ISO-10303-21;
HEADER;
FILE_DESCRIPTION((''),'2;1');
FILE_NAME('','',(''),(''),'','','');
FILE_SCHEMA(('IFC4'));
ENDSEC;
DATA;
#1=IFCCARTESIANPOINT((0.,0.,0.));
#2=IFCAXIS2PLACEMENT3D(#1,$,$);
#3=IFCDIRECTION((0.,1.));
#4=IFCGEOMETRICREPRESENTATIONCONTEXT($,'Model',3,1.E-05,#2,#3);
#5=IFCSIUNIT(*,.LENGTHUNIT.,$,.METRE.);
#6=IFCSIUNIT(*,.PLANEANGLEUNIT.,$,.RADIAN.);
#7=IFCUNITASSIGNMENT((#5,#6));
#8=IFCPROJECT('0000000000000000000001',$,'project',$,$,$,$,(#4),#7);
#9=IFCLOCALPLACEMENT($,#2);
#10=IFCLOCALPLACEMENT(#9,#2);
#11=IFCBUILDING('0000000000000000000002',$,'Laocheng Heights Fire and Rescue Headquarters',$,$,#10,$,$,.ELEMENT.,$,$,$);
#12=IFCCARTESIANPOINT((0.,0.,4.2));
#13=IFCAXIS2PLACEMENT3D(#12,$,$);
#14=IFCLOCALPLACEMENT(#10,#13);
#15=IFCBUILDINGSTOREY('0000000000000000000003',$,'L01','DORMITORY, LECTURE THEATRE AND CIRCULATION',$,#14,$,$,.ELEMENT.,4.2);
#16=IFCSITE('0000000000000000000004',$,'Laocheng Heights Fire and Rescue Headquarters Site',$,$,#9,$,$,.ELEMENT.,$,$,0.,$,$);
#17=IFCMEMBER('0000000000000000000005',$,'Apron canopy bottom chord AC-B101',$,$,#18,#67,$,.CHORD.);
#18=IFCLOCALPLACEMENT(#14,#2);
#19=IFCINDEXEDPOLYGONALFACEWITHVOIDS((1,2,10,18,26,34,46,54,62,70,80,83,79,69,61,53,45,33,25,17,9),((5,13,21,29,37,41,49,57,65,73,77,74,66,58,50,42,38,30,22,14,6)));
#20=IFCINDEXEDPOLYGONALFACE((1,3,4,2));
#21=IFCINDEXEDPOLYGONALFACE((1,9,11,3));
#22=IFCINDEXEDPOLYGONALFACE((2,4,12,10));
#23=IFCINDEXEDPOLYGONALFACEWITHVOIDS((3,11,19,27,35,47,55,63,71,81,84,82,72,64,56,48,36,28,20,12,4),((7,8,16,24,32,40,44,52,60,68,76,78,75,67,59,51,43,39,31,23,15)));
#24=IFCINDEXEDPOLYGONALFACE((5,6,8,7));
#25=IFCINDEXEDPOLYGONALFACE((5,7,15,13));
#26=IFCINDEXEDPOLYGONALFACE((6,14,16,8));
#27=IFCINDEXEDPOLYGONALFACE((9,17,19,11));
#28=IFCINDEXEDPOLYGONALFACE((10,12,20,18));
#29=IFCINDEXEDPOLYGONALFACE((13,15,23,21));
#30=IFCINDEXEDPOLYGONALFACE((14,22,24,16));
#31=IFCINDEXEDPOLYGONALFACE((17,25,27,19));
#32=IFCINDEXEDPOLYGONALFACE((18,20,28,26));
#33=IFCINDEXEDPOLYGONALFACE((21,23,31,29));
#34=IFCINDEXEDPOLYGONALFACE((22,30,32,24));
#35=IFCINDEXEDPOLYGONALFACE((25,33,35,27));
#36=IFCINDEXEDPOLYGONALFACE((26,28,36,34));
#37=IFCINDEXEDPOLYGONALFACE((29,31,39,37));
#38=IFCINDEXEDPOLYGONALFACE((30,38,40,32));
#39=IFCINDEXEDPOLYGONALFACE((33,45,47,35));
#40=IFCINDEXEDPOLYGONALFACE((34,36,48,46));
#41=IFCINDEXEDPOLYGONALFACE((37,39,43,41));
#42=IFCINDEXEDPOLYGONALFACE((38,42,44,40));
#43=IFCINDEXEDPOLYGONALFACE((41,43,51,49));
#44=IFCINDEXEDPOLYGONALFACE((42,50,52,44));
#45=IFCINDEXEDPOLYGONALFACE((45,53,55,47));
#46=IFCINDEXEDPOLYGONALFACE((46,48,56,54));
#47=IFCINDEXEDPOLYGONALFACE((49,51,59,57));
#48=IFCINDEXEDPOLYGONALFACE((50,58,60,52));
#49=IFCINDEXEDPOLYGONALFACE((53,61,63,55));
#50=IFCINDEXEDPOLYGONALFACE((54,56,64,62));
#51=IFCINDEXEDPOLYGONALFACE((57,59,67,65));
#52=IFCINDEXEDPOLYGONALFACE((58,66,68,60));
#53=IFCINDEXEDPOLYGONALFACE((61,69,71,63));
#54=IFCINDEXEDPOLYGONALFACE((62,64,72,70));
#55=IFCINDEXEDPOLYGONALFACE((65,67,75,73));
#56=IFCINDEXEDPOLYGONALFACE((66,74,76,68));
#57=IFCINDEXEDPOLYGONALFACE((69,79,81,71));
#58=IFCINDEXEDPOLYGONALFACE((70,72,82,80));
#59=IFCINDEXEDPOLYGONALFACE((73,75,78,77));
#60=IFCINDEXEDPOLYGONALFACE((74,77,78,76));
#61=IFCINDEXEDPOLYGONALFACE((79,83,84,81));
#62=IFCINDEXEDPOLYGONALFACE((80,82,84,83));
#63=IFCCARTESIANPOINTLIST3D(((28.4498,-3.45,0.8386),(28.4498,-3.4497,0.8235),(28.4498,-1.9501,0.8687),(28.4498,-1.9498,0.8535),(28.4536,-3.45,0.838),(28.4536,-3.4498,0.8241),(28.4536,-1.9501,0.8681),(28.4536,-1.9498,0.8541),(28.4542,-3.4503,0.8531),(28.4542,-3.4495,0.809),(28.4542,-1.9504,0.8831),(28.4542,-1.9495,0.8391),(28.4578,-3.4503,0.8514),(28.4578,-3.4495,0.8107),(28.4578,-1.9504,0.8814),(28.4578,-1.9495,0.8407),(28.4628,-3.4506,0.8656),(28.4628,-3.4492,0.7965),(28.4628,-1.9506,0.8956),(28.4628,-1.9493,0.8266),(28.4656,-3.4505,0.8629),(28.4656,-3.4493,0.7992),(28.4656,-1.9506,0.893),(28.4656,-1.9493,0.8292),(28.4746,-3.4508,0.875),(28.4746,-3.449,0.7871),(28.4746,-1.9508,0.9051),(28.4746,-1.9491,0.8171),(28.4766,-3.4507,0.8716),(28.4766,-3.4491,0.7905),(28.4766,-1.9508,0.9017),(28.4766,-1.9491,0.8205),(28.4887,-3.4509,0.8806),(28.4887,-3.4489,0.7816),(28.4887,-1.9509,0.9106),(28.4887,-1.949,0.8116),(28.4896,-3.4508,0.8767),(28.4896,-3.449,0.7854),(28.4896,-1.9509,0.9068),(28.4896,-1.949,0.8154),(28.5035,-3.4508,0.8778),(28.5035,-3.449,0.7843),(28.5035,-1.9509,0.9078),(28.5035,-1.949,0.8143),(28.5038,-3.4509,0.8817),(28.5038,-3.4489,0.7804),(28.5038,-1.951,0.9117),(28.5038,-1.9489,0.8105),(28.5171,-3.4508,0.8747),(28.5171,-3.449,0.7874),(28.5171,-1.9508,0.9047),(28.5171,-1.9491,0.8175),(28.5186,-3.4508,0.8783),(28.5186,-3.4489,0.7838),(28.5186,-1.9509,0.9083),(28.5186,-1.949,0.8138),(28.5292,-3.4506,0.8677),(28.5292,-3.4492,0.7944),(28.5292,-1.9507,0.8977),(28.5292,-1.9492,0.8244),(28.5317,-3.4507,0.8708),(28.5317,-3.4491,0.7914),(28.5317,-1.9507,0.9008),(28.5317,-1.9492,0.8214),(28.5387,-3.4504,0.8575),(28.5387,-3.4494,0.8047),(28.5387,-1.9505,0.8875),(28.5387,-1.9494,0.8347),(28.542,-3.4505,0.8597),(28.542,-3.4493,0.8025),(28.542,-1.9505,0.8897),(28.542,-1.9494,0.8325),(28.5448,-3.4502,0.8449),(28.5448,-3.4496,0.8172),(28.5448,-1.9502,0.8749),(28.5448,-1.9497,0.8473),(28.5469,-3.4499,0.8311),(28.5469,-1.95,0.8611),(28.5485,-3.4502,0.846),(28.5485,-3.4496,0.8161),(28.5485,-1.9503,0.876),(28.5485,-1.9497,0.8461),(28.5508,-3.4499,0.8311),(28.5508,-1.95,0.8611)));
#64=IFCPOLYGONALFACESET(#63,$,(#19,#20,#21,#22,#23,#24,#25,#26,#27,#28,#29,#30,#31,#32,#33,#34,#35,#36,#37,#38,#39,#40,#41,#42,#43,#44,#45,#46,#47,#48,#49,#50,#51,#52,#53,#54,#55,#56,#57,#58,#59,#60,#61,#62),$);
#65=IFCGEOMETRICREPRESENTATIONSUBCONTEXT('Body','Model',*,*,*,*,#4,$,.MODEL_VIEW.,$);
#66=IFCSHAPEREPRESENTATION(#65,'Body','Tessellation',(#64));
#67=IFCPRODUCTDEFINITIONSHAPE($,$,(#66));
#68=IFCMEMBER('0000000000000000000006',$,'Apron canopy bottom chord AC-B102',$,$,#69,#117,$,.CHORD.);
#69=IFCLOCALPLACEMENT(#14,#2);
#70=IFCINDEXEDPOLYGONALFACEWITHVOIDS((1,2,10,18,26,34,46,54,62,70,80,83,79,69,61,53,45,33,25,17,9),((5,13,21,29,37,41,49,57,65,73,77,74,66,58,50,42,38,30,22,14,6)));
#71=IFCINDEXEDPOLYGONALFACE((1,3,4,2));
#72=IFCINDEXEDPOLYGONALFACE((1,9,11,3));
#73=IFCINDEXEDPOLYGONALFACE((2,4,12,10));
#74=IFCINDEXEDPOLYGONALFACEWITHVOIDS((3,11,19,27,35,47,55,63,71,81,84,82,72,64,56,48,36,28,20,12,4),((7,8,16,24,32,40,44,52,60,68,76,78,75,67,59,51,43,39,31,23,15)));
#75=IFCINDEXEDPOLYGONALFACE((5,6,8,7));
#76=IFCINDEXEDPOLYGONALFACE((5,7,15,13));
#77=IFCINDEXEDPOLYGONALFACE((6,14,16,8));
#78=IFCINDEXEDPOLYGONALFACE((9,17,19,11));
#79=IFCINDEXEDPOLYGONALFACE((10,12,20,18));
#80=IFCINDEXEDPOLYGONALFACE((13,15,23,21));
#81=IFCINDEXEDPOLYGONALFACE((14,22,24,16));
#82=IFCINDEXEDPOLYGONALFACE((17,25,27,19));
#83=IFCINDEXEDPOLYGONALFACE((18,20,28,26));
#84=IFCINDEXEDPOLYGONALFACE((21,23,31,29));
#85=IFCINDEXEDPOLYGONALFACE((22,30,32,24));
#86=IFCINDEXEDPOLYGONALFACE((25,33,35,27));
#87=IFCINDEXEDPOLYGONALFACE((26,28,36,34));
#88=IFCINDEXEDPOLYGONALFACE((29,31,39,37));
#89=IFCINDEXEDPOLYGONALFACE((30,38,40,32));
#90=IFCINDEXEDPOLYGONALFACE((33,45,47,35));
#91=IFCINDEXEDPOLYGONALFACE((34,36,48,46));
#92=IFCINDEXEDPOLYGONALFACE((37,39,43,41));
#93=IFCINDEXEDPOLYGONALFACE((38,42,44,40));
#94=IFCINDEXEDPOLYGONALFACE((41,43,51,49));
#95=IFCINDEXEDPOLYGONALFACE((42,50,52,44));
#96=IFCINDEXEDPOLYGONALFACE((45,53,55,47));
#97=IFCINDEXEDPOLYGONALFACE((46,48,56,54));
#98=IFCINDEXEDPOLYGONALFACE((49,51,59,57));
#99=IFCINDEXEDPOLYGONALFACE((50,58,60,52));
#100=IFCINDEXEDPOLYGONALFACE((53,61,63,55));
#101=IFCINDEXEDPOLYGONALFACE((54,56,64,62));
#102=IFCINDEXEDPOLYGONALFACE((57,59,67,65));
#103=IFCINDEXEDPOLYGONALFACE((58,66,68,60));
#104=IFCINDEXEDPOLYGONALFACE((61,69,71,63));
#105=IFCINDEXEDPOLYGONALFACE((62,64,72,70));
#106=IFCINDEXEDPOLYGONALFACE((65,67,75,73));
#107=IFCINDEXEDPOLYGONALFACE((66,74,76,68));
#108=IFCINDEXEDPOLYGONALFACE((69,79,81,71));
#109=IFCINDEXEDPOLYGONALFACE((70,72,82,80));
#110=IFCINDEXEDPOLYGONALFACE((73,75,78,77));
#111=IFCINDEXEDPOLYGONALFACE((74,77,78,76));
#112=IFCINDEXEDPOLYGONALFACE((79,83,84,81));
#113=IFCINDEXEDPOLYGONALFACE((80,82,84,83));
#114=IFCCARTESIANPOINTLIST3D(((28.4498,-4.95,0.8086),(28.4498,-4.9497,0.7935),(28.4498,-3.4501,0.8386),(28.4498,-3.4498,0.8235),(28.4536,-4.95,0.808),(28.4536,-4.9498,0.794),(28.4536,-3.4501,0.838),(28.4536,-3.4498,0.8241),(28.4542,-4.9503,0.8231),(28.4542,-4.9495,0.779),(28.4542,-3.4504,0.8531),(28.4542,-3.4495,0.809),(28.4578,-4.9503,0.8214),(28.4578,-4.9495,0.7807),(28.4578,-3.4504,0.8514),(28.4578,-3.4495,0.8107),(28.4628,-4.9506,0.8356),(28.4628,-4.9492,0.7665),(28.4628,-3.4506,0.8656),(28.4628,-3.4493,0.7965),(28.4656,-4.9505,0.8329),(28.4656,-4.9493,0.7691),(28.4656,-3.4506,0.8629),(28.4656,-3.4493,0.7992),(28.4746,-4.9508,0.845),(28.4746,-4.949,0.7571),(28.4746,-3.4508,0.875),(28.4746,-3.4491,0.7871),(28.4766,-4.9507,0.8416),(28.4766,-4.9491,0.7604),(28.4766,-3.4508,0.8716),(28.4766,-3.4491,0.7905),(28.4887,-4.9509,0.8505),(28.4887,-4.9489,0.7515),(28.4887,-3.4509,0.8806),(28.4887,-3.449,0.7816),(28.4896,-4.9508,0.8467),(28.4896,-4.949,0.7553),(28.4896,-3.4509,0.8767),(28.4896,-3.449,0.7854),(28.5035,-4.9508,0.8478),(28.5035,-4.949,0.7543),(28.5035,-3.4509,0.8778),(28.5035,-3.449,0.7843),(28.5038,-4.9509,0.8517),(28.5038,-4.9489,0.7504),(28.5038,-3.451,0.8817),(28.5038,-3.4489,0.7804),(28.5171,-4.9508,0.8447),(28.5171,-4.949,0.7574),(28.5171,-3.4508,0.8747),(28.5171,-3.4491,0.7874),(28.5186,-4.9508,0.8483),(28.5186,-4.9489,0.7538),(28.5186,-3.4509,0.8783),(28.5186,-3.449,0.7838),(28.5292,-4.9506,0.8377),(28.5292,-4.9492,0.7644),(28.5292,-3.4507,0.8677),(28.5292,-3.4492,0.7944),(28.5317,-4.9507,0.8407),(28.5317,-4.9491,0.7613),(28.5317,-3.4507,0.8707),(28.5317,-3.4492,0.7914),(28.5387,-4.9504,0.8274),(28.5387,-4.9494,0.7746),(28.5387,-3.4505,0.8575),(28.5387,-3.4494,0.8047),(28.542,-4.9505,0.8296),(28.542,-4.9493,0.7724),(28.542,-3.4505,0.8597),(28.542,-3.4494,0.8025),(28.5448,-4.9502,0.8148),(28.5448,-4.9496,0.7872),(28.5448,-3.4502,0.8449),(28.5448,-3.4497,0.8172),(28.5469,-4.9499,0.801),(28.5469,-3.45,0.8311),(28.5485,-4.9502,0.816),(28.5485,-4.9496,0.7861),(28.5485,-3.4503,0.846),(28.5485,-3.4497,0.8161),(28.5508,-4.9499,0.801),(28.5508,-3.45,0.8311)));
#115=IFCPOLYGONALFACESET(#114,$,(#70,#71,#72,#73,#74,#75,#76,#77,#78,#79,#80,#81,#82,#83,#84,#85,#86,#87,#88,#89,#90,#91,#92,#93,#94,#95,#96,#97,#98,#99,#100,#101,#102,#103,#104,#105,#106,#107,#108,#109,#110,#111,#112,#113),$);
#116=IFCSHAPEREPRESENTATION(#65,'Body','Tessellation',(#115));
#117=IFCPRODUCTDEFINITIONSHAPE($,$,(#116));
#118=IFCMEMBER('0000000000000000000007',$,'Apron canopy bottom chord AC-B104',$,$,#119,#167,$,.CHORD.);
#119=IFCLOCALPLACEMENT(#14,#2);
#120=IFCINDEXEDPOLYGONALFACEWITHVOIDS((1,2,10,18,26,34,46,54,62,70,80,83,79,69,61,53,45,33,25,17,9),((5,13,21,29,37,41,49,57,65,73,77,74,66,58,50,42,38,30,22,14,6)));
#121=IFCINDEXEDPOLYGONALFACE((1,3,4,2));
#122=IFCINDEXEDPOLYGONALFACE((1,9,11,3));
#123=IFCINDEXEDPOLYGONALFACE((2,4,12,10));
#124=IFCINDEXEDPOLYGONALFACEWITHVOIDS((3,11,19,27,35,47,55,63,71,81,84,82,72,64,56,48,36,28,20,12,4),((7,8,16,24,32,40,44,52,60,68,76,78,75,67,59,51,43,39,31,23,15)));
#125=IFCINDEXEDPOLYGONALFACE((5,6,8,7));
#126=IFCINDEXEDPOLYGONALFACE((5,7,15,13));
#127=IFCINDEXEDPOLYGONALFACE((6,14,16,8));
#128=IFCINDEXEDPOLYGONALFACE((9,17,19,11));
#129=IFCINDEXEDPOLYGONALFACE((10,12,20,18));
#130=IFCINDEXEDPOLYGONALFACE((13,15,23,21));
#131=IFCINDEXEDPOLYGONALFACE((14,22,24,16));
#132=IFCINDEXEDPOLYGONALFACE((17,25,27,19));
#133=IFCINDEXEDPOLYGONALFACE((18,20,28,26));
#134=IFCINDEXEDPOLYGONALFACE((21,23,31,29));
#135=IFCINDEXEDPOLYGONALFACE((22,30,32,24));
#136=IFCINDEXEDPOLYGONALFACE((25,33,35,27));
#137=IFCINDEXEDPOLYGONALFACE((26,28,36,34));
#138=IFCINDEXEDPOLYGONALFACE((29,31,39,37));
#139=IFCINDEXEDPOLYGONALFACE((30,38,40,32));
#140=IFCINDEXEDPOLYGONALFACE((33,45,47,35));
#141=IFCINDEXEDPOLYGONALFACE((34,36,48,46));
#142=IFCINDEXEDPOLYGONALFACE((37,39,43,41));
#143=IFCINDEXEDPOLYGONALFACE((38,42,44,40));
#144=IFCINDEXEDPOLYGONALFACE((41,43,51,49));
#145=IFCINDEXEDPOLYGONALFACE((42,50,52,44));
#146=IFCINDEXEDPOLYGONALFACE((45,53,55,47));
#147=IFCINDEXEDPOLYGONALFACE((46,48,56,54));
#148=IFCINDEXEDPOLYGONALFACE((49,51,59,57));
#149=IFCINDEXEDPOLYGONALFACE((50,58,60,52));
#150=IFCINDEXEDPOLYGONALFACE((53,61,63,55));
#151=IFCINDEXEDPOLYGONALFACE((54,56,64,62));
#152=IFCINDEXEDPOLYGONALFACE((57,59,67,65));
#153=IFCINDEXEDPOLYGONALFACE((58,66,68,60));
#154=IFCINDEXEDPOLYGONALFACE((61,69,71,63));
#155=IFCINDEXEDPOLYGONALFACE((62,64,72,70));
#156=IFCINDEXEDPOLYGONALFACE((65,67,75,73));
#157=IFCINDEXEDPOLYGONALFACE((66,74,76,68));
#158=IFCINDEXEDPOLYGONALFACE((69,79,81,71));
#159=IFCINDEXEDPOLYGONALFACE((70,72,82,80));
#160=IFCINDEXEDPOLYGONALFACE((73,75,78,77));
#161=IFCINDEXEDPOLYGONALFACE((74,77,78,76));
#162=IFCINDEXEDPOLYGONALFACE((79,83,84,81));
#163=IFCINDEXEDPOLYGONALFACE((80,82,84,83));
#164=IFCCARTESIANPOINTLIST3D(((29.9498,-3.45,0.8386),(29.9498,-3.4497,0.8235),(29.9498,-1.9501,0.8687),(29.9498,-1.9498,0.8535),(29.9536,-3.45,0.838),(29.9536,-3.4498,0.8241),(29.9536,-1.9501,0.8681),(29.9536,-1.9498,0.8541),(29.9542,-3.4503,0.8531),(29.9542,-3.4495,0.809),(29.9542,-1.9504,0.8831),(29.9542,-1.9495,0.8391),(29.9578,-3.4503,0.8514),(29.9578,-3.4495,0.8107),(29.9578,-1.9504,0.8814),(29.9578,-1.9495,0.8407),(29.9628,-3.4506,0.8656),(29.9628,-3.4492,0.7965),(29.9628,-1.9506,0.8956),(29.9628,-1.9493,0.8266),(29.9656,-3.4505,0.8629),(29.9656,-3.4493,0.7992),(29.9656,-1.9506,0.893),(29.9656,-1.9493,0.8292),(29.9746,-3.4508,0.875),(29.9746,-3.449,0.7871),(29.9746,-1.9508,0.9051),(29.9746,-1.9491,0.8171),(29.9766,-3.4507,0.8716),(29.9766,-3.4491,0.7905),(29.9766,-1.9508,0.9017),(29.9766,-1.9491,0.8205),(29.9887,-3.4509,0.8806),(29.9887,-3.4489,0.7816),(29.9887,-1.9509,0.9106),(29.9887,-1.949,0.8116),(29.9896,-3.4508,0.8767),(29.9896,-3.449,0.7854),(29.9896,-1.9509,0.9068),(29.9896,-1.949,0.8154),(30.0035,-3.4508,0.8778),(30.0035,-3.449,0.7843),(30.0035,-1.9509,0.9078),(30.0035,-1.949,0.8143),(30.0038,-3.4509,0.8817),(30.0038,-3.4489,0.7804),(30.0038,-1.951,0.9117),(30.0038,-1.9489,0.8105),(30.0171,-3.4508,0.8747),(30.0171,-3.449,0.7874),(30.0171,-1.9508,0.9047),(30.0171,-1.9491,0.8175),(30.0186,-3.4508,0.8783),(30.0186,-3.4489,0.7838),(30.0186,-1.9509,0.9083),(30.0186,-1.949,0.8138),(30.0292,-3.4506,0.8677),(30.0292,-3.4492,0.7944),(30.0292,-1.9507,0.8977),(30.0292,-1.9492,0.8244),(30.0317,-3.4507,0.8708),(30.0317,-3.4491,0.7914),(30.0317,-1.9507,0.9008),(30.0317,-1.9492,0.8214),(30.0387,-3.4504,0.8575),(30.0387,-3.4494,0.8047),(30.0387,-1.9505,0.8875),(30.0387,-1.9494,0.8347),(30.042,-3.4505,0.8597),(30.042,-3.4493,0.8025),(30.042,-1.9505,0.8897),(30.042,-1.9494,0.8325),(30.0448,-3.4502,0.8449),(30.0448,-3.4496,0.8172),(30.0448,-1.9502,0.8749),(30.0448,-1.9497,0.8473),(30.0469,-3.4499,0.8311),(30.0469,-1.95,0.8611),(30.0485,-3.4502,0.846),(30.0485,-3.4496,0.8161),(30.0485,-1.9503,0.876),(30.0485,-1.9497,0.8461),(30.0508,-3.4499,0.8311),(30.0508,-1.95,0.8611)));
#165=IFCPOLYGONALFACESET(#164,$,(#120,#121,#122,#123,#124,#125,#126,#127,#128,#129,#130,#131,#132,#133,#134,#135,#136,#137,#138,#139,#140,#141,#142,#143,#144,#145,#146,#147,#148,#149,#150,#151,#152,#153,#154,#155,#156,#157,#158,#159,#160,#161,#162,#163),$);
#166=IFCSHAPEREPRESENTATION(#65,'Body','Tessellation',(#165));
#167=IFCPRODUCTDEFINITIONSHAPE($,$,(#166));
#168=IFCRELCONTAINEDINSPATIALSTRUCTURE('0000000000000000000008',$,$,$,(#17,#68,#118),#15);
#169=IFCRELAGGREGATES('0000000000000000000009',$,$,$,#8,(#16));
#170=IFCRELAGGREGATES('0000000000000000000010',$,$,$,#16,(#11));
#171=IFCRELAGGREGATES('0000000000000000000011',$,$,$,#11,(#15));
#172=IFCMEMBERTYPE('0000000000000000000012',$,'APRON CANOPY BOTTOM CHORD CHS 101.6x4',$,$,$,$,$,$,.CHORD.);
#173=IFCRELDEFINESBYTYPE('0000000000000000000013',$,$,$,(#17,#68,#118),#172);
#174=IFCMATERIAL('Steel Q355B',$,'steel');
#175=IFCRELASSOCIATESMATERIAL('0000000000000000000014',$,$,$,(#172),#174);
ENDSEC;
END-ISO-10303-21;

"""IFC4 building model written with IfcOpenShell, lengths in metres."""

from ifc_helpers import new_model, si_unit, direction, frame, origin, origin_2d, place, context, subcontext, project, spatial, hollow_circle, extrude, material, material_profile, profile_set, type_object, element, save


model = new_model("IFC4")

# Units and contexts
model_context = context("Model", 3, precision=1e-05, world=origin(), true_north=direction((0.0, 1.0)))
body_context = subcontext(model_context, "Body", "Model", "MODEL_VIEW")
ifc_project = project(units=[si_unit("LENGTHUNIT", "METRE"), si_unit("PLANEANGLEUNIT", "RADIAN")], contexts=[model_context])

# Site, building, storey
site_placement = place(None, origin())
site = spatial("IfcSite", under=ifc_project, at=site_placement, Name="Laocheng Heights Fire and Rescue Headquarters Site", CompositionType="ELEMENT", RefElevation=0.0)
building_placement = place(site_placement, origin())
building = spatial("IfcBuilding", under=site, at=building_placement, Name="Laocheng Heights Fire and Rescue Headquarters", CompositionType="ELEMENT")
storey_placement = place(building_placement, frame((0.0, 0.0, 4.2)))
storey = spatial("IfcBuildingStorey", under=building, at=storey_placement, Name="L01", Description="DORMITORY, LECTURE THEATRE AND CIRCULATION", CompositionType="ELEMENT", Elevation=4.2)

# Members
ifc_material_1 = material(Name="Steel Q355B", Category="steel")
ifc_material_profile_1 = material_profile(ifc_material_1, hollow_circle(Radius=0.0508, WallThickness=0.0039, at=origin_2d()), Name="CHS 101.6x4")
ifc_profile_set_1 = profile_set([ifc_material_profile_1], Name="Steel Q355B")
member_type_1 = type_object("IfcMemberType", Name="APRON CANOPY BOTTOM CHORD CHS 101.6x4", PredefinedType="CHORD", material=ifc_profile_set_1)
for number, where, z_axis, x_axis, name in (
    (1, (28.5, -1.95, 0.8611), (0.0, -0.9998, -0.020016), (1.0, 0.0, 0.0), "Apron canopy bottom chord AC-B101"),
    (2, (28.5, -3.45, 0.8311), (0.0, -0.9998, -0.020016), (1.0, 0.0, 0.0), "Apron canopy bottom chord AC-B102"),
    (3, (30.0, -1.95, 0.8611), (0.0, -0.9998, -0.020016), (1.0, 0.0, 0.0), "Apron canopy bottom chord AC-B104"),
):
    element("IfcMember", number, at=place(storey_placement, frame(where, z_axis=z_axis, x_axis=x_axis)), inside=storey, type_object=member_type_1, Name=name, PredefinedType="CHORD", context=body_context, shape_type="SweptSolid", body=[
        extrude(hollow_circle(Radius=0.0508, WallThickness=0.0039, at=origin_2d()), origin(), (0.0, 0.0, 1.0), 1.5002),
    ])

save(model, "model.ifc")
